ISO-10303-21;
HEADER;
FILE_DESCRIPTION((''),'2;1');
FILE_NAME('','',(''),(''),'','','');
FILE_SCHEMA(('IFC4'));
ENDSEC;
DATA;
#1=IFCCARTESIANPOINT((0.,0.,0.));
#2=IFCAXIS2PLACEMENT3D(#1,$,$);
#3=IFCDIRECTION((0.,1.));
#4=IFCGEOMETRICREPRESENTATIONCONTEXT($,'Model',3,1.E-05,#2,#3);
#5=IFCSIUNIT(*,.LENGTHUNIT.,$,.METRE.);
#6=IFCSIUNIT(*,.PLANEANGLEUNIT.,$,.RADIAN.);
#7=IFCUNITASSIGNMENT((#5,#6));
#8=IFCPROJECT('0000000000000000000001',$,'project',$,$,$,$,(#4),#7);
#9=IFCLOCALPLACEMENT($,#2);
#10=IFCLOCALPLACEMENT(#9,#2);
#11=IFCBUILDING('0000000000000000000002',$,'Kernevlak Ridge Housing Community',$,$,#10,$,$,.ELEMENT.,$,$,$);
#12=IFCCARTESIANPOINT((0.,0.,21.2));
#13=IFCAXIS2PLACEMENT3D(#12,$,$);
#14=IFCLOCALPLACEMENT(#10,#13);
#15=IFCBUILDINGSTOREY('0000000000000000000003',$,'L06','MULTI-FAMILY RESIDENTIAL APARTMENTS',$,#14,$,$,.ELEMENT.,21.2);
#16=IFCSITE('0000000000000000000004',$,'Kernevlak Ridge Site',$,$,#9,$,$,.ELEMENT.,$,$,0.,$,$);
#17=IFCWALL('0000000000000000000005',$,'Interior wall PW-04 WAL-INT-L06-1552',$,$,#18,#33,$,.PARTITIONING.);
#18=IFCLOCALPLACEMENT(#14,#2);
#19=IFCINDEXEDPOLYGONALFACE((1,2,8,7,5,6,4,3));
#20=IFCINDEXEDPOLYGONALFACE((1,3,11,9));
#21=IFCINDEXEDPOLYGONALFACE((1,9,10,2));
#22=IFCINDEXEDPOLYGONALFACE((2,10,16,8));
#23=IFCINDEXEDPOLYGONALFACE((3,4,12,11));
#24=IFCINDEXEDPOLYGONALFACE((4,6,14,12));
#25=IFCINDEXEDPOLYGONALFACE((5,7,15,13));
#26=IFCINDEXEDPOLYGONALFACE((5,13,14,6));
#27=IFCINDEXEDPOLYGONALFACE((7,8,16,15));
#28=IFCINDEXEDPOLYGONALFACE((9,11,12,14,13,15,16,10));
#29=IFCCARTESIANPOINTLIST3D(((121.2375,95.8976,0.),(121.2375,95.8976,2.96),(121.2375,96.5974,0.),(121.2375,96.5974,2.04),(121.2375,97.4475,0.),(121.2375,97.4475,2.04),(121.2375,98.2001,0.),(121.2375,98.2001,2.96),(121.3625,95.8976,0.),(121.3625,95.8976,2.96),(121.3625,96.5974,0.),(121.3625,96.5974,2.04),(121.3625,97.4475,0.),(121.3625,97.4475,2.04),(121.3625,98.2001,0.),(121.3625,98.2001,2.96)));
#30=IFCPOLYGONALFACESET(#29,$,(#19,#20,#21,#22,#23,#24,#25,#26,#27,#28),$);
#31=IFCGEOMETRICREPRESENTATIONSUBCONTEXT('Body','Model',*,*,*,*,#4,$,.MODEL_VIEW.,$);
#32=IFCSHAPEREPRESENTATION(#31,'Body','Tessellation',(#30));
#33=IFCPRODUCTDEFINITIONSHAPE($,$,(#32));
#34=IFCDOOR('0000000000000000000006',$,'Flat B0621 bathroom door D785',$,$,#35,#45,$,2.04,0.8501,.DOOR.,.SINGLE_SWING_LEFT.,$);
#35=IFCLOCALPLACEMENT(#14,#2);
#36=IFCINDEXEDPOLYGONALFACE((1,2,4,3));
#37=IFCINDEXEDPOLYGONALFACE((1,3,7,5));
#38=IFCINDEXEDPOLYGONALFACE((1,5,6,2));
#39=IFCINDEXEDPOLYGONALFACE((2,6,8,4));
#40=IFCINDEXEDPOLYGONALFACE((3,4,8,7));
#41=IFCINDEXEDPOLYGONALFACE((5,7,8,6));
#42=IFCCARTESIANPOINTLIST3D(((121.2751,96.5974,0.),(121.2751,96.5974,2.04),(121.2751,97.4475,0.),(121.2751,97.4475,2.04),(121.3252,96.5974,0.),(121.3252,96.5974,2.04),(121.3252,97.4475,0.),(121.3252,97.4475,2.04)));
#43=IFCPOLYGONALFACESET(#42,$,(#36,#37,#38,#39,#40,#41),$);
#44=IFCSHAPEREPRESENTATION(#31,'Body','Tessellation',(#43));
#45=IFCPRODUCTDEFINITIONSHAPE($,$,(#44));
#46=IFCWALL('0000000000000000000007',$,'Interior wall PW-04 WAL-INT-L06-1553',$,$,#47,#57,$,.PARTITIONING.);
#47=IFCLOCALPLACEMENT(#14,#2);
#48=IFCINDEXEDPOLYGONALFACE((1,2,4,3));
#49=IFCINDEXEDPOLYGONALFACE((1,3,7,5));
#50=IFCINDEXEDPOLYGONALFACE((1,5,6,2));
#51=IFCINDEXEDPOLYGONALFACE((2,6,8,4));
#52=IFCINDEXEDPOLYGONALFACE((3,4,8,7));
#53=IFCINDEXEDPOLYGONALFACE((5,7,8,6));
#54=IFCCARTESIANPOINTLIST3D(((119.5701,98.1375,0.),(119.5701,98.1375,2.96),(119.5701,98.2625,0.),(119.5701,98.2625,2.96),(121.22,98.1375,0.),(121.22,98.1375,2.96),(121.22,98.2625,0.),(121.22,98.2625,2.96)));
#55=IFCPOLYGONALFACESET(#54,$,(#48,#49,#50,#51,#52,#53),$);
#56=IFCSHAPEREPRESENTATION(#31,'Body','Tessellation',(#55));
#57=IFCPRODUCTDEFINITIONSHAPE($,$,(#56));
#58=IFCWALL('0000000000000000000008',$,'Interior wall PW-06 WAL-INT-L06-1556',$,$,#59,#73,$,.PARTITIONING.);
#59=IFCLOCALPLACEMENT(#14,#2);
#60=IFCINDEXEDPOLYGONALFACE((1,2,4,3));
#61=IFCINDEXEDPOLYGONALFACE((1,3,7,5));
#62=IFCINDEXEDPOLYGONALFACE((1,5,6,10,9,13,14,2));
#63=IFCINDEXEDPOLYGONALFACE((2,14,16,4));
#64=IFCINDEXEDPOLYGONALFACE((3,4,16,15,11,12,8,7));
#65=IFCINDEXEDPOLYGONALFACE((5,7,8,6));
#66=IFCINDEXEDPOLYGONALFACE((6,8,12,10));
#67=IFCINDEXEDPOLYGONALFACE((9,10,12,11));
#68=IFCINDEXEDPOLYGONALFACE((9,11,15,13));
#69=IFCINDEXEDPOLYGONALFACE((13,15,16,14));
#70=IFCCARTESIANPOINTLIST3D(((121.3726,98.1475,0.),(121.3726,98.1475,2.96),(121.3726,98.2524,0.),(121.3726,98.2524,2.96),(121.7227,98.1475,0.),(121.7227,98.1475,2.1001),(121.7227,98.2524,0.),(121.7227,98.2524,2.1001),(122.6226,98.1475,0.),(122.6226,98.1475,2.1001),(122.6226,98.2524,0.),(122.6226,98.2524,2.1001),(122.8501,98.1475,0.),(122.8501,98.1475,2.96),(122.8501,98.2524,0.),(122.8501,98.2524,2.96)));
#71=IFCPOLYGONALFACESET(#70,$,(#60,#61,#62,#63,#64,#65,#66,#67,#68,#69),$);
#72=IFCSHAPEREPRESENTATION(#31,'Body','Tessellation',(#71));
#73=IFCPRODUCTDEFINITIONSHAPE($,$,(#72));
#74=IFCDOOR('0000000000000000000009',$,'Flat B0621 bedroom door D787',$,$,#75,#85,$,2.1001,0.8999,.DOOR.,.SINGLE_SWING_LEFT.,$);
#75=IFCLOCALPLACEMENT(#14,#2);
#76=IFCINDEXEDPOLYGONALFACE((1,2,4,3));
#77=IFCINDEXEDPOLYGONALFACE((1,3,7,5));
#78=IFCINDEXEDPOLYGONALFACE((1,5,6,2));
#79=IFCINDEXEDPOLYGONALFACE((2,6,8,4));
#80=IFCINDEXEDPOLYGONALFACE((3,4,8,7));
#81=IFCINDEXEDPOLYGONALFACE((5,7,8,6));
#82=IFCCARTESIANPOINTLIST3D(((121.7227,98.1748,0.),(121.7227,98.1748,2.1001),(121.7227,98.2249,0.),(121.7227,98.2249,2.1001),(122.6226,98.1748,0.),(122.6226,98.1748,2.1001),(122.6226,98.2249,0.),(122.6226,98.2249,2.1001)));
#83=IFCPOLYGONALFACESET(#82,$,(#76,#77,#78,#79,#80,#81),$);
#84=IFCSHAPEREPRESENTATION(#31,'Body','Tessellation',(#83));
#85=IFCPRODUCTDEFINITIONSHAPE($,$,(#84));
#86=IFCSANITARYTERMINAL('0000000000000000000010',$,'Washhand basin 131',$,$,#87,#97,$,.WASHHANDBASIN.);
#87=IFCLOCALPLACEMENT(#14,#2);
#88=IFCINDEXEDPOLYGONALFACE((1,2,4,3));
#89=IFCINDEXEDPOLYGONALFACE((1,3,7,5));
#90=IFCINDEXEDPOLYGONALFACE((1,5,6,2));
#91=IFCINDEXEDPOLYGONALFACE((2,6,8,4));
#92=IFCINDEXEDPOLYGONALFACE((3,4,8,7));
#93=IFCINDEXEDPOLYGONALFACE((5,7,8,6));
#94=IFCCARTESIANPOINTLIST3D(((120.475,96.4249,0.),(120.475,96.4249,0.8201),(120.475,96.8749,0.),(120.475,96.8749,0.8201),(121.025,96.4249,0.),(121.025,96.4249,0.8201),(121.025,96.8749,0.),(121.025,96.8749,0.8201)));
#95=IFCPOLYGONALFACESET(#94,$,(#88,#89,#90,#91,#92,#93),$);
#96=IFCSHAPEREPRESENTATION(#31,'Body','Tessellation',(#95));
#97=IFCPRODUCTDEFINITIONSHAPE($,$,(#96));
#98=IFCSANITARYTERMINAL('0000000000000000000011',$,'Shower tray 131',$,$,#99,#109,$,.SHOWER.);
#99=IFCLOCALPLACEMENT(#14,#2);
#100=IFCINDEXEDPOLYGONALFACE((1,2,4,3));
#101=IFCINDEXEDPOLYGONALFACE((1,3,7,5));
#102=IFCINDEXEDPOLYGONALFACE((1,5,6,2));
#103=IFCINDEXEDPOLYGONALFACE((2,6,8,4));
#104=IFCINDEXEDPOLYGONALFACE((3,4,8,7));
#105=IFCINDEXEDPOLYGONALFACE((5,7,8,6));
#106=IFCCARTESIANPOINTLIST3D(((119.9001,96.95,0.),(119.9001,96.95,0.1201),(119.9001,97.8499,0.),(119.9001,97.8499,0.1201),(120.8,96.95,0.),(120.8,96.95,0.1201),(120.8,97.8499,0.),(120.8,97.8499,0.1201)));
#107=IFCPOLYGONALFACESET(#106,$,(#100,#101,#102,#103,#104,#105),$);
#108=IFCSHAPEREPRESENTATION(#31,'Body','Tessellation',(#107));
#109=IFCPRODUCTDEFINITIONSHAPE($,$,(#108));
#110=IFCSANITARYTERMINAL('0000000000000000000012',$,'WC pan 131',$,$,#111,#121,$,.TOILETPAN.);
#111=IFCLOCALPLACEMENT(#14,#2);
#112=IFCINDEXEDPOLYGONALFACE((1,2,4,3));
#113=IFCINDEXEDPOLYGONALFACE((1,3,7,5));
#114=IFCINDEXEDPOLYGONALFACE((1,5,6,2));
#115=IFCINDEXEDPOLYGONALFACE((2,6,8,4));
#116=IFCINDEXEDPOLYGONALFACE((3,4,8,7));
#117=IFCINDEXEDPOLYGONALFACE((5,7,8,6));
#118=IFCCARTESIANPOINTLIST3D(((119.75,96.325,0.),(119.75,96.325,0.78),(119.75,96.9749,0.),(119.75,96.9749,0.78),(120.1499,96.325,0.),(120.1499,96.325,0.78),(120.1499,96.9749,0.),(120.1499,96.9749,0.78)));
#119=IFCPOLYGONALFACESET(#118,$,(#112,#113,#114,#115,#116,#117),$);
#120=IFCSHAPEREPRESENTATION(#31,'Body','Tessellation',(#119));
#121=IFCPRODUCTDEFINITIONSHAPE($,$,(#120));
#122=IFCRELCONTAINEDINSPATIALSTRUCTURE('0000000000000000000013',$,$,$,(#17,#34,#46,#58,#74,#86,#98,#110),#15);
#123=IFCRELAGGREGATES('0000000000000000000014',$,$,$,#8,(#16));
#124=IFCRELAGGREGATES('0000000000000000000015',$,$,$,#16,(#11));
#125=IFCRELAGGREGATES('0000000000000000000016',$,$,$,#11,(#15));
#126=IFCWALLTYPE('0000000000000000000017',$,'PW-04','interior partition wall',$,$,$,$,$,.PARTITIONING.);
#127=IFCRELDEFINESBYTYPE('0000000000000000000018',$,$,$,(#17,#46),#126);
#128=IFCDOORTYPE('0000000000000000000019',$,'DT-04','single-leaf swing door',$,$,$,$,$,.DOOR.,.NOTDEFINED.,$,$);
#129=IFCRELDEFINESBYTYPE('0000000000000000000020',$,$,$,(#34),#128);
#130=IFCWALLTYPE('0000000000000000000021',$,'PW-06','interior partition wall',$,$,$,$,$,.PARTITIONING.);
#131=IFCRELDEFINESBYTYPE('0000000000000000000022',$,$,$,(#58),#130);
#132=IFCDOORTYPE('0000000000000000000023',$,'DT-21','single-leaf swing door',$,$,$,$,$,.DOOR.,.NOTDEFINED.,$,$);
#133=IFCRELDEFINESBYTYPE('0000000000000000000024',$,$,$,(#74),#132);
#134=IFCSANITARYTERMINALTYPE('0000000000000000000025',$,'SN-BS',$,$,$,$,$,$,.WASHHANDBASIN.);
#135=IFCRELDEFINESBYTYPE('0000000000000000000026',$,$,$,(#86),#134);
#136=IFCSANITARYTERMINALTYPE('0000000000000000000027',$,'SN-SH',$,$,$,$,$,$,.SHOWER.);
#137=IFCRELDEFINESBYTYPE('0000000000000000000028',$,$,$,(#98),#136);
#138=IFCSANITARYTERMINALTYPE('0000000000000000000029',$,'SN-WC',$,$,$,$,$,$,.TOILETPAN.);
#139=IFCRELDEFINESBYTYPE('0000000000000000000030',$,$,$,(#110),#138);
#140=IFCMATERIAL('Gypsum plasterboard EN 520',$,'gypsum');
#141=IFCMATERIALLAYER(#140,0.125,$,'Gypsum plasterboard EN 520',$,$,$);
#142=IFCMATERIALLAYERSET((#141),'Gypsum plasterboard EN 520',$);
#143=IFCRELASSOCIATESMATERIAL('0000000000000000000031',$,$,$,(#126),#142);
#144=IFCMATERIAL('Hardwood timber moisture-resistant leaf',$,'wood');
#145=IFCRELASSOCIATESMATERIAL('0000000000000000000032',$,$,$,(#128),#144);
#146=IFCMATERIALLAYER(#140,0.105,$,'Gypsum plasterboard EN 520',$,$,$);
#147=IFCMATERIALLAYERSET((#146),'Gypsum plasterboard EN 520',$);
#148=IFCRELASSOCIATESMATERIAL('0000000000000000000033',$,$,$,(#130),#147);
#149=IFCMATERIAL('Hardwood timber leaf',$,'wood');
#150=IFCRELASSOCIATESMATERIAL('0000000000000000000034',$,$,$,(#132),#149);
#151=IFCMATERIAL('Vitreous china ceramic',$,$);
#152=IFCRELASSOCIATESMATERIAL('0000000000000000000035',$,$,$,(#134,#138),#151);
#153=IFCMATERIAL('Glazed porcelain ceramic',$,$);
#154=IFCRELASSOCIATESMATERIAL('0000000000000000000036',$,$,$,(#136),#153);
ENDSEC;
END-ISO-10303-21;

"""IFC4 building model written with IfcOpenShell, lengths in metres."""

from ifc_helpers import new_model, si_unit, direction, frame, frame_2d, origin, origin_2d, place, context, subcontext, project, spatial, rectangle, extrude, material, layer, layer_set, type_object, element, fill, save


model = new_model("IFC4")

# Units and contexts
model_context = context("Model", 3, precision=1e-05, world=origin(), true_north=direction((0.0, 1.0)))
body_context = subcontext(model_context, "Body", "Model", "MODEL_VIEW")
ifc_project = project(units=[si_unit("LENGTHUNIT", "METRE"), si_unit("PLANEANGLEUNIT", "RADIAN")], contexts=[model_context])

# Site, building, storey
site_placement = place(None, origin())
site = spatial("IfcSite", under=ifc_project, at=site_placement, Name="Kernevlak Ridge Site", CompositionType="ELEMENT", RefElevation=0.0)
building_placement = place(site_placement, origin())
building = spatial("IfcBuilding", under=site, at=building_placement, Name="Kernevlak Ridge Housing Community", CompositionType="ELEMENT")
storey_placement = place(building_placement, frame((0.0, 0.0, 21.2)))
storey = spatial("IfcBuildingStorey", under=building, at=storey_placement, Name="L06", Description="MULTI-FAMILY RESIDENTIAL APARTMENTS", CompositionType="ELEMENT", Elevation=21.2)

# Wall, opening, door
ifc_material_1 = material(Name="Gypsum plasterboard EN 520", Category="gypsum")
ifc_layer_1 = layer(ifc_material_1, 0.125, Name="Gypsum plasterboard EN 520")
ifc_layer_set_1 = layer_set([ifc_layer_1], Name="Gypsum plasterboard EN 520")
wall_type_1 = type_object("IfcWallType", Name="PW-04", Description="interior partition wall", PredefinedType="PARTITIONING", material=ifc_layer_set_1)
wall_1_placement = place(storey_placement, frame((121.3, 95.8975, 0.0), z_axis=(0.0, 0.0, 1.0), x_axis=(0.0, 1.0, 0.0)))
wall_1 = element("IfcWall", 1, at=wall_1_placement, inside=storey, type_object=wall_type_1, Name="Interior wall PW-04 WAL-INT-L06-1552", PredefinedType="PARTITIONING", context=body_context, shape_type="SweptSolid", body=[
    extrude(rectangle(XDim=2.3025, YDim=0.125, at=frame_2d((1.1514, 0.0))), origin(), (0.0, 0.0, 1.0), 2.96),
])
opening_1_placement = place(wall_1_placement, frame((0.7, 0.0, 0.0)))
opening_1 = element("IfcOpeningElement", 2, at=opening_1_placement, cuts=wall_1, PredefinedType="OPENING", context=body_context, shape_type="SweptSolid", body=[
    extrude(rectangle(XDim=0.8501, YDim=2.04, at=frame_2d((0.425, 1.02))), frame((0.0, 0.0725, 0.0), z_axis=(0.0, -1.0, 0.0), x_axis=(1.0, 0.0, 0.0)), (0.0, 0.0, 1.0), 0.145),
])
ifc_material_2 = material(Name="Hardwood timber moisture-resistant leaf", Category="wood")
door_type_1 = type_object("IfcDoorType", Name="DT-04", Description="single-leaf swing door", OperationType="NOTDEFINED", PredefinedType="DOOR", material=ifc_material_2)
door_1_placement = place(opening_1_placement, origin())
door_1 = element("IfcDoor", 3, at=door_1_placement, inside=storey, type_object=door_type_1, Name="Flat B0621 bathroom door D785", OperationType="SINGLE_SWING_LEFT", OverallHeight=2.04, OverallWidth=0.8501, PredefinedType="DOOR", context=body_context, shape_type="SweptSolid", body=[
    extrude(rectangle(XDim=0.8501, YDim=2.04, at=frame_2d((0.425, 1.02))), frame((0.0, 0.0249, 0.0), z_axis=(0.0, -1.0, 0.0), x_axis=(1.0, 0.0, 0.0)), (0.0, 0.0, 1.0), 0.05),
])
fill(opening_1, door_1)

# Wall
wall_2_placement = place(storey_placement, frame((119.5701, 98.2, 0.0), z_axis=(0.0, 0.0, 1.0), x_axis=(1.0, 0.0, 0.0)))
element("IfcWall", 4, at=wall_2_placement, inside=storey, type_object=wall_type_1, Name="Interior wall PW-04 WAL-INT-L06-1553", PredefinedType="PARTITIONING", context=body_context, shape_type="SweptSolid", body=[
    extrude(rectangle(XDim=1.6499, YDim=0.125, at=frame_2d((0.825, 0.0))), origin(), (0.0, 0.0, 1.0), 2.96),
])

# Wall, opening, door
ifc_layer_2 = layer(ifc_material_1, 0.105, Name="Gypsum plasterboard EN 520")
ifc_layer_set_2 = layer_set([ifc_layer_2], Name="Gypsum plasterboard EN 520")
wall_type_2 = type_object("IfcWallType", Name="PW-06", Description="interior partition wall", PredefinedType="PARTITIONING", material=ifc_layer_set_2)
wall_3_placement = place(storey_placement, frame((121.3726, 98.2, 0.0), z_axis=(0.0, 0.0, 1.0), x_axis=(1.0, 0.0, 0.0)))
wall_3 = element("IfcWall", 5, at=wall_3_placement, inside=storey, type_object=wall_type_2, Name="Interior wall PW-06 WAL-INT-L06-1556", PredefinedType="PARTITIONING", context=body_context, shape_type="SweptSolid", body=[
    extrude(rectangle(XDim=1.4775, YDim=0.105, at=frame_2d((0.7388, 0.0))), origin(), (0.0, 0.0, 1.0), 2.96),
])
opening_2_placement = place(wall_3_placement, frame((0.3501, 0.0, 0.0)))
opening_2 = element("IfcOpeningElement", 6, at=opening_2_placement, cuts=wall_3, PredefinedType="OPENING", context=body_context, shape_type="SweptSolid", body=[
    extrude(rectangle(XDim=0.8999, YDim=2.1001, at=frame_2d((0.45, 1.05))), frame((0.0, 0.0625, 0.0), z_axis=(0.0, -1.0, 0.0), x_axis=(1.0, 0.0, 0.0)), (0.0, 0.0, 1.0), 0.125),
])
ifc_material_3 = material(Name="Hardwood timber leaf", Category="wood")
door_type_2 = type_object("IfcDoorType", Name="DT-21", Description="single-leaf swing door", OperationType="NOTDEFINED", PredefinedType="DOOR", material=ifc_material_3)
door_2_placement = place(opening_2_placement, origin())
door_2 = element("IfcDoor", 7, at=door_2_placement, inside=storey, type_object=door_type_2, Name="Flat B0621 bedroom door D787", OperationType="SINGLE_SWING_LEFT", OverallHeight=2.1001, OverallWidth=0.8999, PredefinedType="DOOR", context=body_context, shape_type="SweptSolid", body=[
    extrude(rectangle(XDim=0.8999, YDim=2.1001, at=frame_2d((0.45, 1.05))), frame((0.0, 0.0249, 0.0), z_axis=(0.0, -1.0, 0.0), x_axis=(1.0, 0.0, 0.0)), (0.0, 0.0, 1.0), 0.05),
])
fill(opening_2, door_2)

# Sanitary terminals
ifc_material_4 = material(Name="Vitreous china ceramic")
sanitary_terminal_type_1 = type_object("IfcSanitaryTerminalType", Name="SN-BS", PredefinedType="WASHHANDBASIN", material=ifc_material_4)
sanitary_terminal_1_placement = place(storey_placement, frame((120.75, 96.6499, 0.0), z_axis=(0.0, 0.0, 1.0), x_axis=(1.0, 0.0, 0.0)))
element("IfcSanitaryTerminal", 8, at=sanitary_terminal_1_placement, inside=storey, type_object=sanitary_terminal_type_1, Name="Washhand basin 131", PredefinedType="WASHHANDBASIN", context=body_context, shape_type="SweptSolid", body=[
    extrude(rectangle(XDim=0.55, YDim=0.45, at=origin_2d()), origin(), (0.0, 0.0, 1.0), 0.8201),
])
ifc_material_5 = material(Name="Glazed porcelain ceramic")
sanitary_terminal_type_2 = type_object("IfcSanitaryTerminalType", Name="SN-SH", PredefinedType="SHOWER", material=ifc_material_5)
sanitary_terminal_2_placement = place(storey_placement, frame((120.3501, 97.3999, 0.0), z_axis=(0.0, 0.0, 1.0), x_axis=(1.0, 0.0, 0.0)))
element("IfcSanitaryTerminal", 9, at=sanitary_terminal_2_placement, inside=storey, type_object=sanitary_terminal_type_2, Name="Shower tray 131", PredefinedType="SHOWER", context=body_context, shape_type="SweptSolid", body=[
    extrude(rectangle(XDim=0.8999, YDim=0.8999, at=origin_2d()), origin(), (0.0, 0.0, 1.0), 0.1201),
])
sanitary_terminal_type_3 = type_object("IfcSanitaryTerminalType", Name="SN-WC", PredefinedType="TOILETPAN", material=ifc_material_4)
sanitary_terminal_3_placement = place(storey_placement, frame((119.95, 96.6499, 0.0), z_axis=(0.0, 0.0, 1.0), x_axis=(1.0, 0.0, 0.0)))
element("IfcSanitaryTerminal", 10, at=sanitary_terminal_3_placement, inside=storey, type_object=sanitary_terminal_type_3, Name="WC pan 131", PredefinedType="TOILETPAN", context=body_context, shape_type="SweptSolid", body=[
    extrude(rectangle(XDim=0.3999, YDim=0.6499, at=origin_2d()), origin(), (0.0, 0.0, 1.0), 0.78),
])

save(model, "model.ifc")
